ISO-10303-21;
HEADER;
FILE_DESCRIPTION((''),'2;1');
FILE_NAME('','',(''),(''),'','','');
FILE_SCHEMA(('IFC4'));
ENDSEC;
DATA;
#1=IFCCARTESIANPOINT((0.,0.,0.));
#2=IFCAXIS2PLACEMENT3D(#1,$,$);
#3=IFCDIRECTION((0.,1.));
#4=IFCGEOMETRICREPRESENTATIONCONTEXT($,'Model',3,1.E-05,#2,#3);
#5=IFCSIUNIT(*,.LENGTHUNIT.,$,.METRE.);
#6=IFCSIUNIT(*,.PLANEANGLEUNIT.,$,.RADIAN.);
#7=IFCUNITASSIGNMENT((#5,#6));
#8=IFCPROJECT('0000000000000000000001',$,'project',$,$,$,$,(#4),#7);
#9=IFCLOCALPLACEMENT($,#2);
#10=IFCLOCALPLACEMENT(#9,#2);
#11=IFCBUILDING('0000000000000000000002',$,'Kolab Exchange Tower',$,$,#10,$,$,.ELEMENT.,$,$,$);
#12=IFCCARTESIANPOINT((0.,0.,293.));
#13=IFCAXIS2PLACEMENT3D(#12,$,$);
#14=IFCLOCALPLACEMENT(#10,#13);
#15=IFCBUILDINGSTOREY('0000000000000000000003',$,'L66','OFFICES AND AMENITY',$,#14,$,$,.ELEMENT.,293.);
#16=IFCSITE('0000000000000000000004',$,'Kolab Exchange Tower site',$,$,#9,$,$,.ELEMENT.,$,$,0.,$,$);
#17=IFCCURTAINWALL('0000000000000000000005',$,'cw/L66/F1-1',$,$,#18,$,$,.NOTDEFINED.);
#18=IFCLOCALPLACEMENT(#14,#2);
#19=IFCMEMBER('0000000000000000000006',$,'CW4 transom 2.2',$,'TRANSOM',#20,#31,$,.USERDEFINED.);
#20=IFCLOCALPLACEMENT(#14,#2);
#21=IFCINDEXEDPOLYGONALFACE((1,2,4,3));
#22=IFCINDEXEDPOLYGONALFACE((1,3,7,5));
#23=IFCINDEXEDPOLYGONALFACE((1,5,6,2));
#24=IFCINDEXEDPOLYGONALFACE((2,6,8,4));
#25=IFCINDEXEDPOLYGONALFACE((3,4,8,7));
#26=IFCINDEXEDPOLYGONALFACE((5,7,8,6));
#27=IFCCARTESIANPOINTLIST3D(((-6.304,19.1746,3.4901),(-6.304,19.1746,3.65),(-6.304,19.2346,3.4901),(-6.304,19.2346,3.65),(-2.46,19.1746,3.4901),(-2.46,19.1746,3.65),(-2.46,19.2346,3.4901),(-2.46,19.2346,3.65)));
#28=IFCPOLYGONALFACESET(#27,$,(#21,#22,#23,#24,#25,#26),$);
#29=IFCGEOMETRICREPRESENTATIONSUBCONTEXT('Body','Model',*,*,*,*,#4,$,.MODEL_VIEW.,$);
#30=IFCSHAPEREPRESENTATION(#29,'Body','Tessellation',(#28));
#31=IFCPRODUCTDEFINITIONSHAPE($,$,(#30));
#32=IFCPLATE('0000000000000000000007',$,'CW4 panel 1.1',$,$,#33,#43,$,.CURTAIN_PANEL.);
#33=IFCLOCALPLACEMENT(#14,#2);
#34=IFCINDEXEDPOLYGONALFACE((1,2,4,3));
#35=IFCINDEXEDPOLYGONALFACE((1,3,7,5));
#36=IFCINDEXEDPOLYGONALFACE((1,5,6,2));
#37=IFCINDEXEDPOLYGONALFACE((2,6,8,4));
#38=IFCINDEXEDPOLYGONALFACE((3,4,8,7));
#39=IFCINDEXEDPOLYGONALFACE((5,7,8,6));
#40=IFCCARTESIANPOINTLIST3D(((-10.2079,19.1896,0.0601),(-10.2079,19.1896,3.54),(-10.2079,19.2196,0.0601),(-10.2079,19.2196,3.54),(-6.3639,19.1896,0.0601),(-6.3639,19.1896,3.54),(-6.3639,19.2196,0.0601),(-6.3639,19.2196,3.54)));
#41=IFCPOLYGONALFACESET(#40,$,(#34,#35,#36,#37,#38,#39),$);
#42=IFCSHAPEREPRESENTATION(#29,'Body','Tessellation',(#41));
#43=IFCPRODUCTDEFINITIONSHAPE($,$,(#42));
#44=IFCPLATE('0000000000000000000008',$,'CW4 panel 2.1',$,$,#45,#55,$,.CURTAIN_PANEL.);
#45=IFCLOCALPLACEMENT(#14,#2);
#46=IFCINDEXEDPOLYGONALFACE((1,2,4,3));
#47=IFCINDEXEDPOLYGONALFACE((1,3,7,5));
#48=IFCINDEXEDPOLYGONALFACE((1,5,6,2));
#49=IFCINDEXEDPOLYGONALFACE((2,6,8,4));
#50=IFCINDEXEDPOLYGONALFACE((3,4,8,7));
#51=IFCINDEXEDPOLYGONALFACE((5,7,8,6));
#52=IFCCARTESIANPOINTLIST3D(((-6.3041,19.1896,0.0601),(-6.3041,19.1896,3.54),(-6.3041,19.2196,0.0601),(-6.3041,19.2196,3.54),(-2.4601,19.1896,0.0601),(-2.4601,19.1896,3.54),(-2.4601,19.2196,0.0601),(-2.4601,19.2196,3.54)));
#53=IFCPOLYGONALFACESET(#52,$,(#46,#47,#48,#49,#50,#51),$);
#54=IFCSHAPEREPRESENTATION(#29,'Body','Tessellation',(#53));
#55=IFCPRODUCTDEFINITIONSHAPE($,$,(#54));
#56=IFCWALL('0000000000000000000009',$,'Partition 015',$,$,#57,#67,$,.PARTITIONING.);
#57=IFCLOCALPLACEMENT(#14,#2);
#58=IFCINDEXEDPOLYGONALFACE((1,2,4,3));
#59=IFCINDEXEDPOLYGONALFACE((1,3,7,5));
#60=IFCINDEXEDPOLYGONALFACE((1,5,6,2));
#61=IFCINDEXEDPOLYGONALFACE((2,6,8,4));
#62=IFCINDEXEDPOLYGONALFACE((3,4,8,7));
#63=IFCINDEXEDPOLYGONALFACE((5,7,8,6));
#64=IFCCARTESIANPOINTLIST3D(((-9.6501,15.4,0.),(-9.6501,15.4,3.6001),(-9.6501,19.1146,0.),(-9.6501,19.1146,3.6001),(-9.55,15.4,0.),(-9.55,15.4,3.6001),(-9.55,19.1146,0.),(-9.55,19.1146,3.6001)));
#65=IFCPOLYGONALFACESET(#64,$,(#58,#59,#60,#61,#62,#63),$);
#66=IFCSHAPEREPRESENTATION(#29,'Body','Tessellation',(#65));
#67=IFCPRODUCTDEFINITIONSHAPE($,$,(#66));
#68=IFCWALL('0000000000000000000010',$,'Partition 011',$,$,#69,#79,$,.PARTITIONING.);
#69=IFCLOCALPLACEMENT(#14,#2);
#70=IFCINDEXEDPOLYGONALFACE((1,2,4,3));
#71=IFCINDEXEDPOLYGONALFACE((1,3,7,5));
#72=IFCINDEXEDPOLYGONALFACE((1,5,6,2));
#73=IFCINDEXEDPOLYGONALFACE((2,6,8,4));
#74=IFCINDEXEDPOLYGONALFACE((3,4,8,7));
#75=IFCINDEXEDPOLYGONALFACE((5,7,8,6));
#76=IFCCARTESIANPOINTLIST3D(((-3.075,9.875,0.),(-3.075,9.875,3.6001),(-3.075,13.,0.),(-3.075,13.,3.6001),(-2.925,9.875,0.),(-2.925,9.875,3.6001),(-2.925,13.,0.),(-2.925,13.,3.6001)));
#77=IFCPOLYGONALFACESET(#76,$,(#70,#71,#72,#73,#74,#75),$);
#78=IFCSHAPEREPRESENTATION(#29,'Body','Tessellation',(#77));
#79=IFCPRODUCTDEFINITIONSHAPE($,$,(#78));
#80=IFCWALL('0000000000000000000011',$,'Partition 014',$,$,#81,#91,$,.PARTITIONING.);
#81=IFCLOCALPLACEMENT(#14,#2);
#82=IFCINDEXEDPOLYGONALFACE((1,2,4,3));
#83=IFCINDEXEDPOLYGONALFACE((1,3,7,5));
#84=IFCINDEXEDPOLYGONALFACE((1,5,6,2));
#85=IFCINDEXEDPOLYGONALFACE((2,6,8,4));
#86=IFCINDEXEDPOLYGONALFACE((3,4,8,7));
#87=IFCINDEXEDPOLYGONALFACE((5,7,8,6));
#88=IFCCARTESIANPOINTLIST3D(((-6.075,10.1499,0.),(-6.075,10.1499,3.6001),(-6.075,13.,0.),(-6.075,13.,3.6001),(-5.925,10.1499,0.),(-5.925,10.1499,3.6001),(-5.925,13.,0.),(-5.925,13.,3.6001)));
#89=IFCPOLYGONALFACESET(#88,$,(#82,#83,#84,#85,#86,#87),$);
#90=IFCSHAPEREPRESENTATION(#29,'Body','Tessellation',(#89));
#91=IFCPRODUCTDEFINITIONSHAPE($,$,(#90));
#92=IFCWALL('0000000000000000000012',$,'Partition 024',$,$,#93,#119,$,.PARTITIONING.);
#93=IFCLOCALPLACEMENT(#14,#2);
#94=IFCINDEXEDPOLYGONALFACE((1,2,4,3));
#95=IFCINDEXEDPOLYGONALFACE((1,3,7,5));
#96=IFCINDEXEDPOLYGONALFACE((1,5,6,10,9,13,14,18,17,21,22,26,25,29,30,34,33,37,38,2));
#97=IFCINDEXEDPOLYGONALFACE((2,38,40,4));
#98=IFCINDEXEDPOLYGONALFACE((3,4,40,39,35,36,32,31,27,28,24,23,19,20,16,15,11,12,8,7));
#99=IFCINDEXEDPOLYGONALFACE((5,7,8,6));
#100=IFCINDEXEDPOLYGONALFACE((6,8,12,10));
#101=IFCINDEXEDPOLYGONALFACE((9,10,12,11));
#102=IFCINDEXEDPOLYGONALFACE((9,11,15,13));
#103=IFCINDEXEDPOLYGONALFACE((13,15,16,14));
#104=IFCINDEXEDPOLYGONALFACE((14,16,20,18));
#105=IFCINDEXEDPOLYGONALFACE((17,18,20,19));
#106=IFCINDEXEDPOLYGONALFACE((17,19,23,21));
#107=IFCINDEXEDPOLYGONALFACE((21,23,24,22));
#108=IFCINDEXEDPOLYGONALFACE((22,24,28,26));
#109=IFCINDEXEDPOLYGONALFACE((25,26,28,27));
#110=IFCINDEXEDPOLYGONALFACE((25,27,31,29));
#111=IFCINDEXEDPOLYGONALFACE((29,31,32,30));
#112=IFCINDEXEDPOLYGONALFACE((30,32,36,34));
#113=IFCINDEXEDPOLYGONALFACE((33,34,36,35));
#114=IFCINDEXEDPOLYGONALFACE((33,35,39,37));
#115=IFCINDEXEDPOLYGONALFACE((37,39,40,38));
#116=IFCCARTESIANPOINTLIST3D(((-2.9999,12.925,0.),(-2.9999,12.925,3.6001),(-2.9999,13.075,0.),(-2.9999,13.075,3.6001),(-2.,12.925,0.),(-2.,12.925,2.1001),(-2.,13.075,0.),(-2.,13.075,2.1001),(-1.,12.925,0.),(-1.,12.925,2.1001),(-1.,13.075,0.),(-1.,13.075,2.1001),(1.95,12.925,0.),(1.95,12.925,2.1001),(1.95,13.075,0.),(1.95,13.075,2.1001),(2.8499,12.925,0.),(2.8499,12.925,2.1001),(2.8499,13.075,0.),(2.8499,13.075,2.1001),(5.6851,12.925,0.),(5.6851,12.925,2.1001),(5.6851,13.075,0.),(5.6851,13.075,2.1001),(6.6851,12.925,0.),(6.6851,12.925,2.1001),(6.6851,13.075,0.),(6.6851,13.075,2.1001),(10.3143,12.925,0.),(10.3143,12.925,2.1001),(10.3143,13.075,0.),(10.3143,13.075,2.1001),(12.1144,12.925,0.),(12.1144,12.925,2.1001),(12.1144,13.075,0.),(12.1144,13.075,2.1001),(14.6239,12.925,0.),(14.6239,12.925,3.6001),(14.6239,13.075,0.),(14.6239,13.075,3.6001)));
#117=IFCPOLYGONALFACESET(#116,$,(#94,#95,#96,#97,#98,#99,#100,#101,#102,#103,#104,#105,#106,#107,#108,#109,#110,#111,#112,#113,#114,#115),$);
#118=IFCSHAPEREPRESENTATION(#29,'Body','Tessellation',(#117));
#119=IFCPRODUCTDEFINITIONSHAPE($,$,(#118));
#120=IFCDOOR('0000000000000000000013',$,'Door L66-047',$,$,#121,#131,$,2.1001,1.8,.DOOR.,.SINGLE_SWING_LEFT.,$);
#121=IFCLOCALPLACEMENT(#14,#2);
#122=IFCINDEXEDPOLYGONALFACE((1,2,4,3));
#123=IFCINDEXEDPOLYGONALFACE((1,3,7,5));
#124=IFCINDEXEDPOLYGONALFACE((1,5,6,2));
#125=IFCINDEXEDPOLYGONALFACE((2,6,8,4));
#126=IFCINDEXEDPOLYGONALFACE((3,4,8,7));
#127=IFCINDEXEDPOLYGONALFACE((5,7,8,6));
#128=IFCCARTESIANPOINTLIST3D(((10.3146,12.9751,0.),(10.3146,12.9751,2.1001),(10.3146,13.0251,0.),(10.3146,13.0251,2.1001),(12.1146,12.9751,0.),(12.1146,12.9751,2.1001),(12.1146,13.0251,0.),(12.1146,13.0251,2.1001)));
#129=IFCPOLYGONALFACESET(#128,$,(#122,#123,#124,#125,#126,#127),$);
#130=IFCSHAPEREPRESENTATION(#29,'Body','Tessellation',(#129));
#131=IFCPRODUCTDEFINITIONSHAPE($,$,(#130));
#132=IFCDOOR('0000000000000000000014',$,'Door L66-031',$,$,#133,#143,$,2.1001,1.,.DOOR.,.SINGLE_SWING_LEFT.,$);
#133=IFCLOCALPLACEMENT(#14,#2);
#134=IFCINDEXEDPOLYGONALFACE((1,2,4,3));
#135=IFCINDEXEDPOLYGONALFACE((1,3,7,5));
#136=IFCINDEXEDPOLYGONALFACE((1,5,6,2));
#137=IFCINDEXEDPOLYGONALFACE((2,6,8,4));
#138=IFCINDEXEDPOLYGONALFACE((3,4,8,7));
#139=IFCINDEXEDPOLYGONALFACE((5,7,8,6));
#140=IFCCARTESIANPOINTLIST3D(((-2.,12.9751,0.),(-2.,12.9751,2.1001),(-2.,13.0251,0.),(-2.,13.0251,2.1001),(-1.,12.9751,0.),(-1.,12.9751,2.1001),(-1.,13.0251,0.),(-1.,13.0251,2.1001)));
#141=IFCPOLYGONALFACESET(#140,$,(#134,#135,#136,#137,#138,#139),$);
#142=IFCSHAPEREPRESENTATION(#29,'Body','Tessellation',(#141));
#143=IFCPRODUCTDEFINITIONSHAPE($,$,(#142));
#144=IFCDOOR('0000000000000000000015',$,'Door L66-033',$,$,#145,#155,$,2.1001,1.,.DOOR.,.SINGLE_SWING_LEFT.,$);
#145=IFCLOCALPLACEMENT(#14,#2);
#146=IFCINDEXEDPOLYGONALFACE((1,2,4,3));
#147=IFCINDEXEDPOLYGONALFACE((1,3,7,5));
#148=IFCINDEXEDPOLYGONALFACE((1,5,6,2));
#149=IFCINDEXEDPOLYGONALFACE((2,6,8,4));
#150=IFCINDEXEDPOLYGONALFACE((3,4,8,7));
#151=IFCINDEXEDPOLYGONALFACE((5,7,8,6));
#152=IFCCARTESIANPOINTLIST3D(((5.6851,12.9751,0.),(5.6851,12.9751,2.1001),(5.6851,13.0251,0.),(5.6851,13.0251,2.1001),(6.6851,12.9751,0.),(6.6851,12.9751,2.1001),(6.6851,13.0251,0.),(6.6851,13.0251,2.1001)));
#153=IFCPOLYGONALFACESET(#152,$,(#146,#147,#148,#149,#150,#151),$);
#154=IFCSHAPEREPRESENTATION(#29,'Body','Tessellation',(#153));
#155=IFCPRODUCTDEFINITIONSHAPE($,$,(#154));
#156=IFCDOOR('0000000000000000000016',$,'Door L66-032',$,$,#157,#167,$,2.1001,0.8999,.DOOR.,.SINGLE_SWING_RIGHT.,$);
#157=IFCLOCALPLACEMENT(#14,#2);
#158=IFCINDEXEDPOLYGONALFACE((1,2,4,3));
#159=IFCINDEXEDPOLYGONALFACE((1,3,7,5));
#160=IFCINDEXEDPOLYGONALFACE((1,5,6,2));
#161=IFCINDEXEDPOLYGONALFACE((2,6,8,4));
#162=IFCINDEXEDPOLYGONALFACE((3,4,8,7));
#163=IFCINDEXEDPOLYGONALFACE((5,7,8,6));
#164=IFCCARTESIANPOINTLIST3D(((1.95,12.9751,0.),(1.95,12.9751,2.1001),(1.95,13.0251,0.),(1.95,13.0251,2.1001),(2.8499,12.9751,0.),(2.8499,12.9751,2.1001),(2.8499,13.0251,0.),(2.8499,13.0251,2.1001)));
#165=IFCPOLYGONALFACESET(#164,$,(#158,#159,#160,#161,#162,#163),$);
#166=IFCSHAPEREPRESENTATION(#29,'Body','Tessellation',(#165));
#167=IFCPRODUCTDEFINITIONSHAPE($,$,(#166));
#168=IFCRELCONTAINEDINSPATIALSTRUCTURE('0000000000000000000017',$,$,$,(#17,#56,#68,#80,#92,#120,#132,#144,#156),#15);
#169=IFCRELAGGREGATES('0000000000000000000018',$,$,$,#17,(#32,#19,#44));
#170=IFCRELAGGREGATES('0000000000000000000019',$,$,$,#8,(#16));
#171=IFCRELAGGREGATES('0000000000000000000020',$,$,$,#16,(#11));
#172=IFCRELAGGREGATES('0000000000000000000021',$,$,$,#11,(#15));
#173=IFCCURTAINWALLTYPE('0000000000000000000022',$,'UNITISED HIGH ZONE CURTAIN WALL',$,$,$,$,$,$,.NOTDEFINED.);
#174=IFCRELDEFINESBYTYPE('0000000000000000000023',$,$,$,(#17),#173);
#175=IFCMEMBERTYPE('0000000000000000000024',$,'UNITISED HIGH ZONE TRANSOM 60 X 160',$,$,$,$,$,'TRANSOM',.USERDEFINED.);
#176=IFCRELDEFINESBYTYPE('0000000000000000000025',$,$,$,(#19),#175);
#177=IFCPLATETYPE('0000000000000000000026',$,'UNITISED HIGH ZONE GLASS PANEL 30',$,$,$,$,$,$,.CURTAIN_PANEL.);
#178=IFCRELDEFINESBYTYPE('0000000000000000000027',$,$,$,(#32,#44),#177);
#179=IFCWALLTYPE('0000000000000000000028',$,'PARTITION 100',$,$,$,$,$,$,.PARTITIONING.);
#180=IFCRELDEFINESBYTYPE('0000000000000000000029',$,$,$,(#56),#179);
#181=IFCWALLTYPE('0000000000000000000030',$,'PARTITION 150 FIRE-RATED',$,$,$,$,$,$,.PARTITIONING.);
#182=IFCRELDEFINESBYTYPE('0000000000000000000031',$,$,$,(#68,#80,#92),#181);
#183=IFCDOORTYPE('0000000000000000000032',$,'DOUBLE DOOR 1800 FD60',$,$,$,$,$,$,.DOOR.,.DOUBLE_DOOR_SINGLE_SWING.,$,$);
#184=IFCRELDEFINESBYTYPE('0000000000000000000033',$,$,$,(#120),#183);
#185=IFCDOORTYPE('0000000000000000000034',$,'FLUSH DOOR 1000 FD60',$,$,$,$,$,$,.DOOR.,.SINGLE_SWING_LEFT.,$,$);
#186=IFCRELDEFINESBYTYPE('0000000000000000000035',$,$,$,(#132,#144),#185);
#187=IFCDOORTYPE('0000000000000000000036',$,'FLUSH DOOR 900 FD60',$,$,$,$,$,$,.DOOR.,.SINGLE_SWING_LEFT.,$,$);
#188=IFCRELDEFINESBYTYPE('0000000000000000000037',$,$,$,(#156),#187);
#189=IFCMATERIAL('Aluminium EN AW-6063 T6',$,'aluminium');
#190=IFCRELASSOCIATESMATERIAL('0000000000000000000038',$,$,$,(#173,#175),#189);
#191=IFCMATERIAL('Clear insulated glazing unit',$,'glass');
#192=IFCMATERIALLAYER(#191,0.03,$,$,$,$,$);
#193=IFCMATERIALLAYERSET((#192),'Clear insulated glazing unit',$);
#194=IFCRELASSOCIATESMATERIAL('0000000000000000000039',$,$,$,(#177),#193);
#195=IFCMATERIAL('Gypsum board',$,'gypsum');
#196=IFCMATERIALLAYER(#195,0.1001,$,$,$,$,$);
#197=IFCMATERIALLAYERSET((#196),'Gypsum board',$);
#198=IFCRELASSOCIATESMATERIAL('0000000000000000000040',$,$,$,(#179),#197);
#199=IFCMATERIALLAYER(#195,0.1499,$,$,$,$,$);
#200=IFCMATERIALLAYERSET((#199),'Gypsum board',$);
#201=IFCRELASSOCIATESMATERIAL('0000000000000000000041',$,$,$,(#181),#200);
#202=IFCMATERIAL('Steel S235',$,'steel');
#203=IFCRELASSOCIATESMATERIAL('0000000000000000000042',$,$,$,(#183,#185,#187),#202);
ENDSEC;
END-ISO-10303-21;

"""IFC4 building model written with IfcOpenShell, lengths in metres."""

from ifc_helpers import new_model, si_unit, direction, frame, frame_2d, origin, origin_2d, place, context, subcontext, project, spatial, rectangle, extrude, material, layer, layer_set, material_profile, profile_set, type_object, element, fill, aggregate, save


model = new_model("IFC4")

# Units and contexts
model_context = context("Model", 3, precision=1e-05, world=origin(), true_north=direction((0.0, 1.0)))
body_context = subcontext(model_context, "Body", "Model", "MODEL_VIEW")
ifc_project = project(units=[si_unit("LENGTHUNIT", "METRE"), si_unit("PLANEANGLEUNIT", "RADIAN")], contexts=[model_context])

# Site, building, storey
site_placement = place(None, origin())
site = spatial("IfcSite", under=ifc_project, at=site_placement, Name="Kolab Exchange Tower site", CompositionType="ELEMENT", RefElevation=0.0)
building_placement = place(site_placement, origin())
building = spatial("IfcBuilding", under=site, at=building_placement, Name="Kolab Exchange Tower", CompositionType="ELEMENT")
storey_placement = place(building_placement, frame((0.0, 0.0, 293.0)))
storey = spatial("IfcBuildingStorey", under=building, at=storey_placement, Name="L66", Description="OFFICES AND AMENITY", CompositionType="ELEMENT", Elevation=293.0)

# Curtain wall
ifc_material_1 = material(Name="Aluminium EN AW-6063 T6", Category="aluminium")
curtain_wall_type = type_object("IfcCurtainWallType", Name="UNITISED HIGH ZONE CURTAIN WALL", PredefinedType="NOTDEFINED", material=ifc_material_1)
curtain_wall_1_placement = place(storey_placement, origin())
curtain_wall_1 = element("IfcCurtainWall", 1, at=curtain_wall_1_placement, inside=storey, type_object=curtain_wall_type, Name="cw/L66/F1-1", PredefinedType="NOTDEFINED")

# Member
ifc_material_profile_1 = material_profile(ifc_material_1, rectangle(XDim=0.0601, YDim=0.1599, at=origin_2d()), Name="RECT 60X160")
ifc_profile_set_1 = profile_set([ifc_material_profile_1], Name="Aluminium EN AW-6063 T6")
member_type_1 = type_object("IfcMemberType", Name="UNITISED HIGH ZONE TRANSOM 60 X 160", ElementType="TRANSOM", PredefinedType="USERDEFINED", material=ifc_profile_set_1)
member_1_placement = place(storey_placement, frame((-6.304, 19.2046, 3.5701), z_axis=(1.0, 0.0, 0.0), x_axis=(0.0, 1.0, 0.0)))
member_1 = element("IfcMember", 2, at=member_1_placement, type_object=member_type_1, Name="CW4 transom 2.2", ObjectType="TRANSOM", PredefinedType="USERDEFINED", context=body_context, shape_type="SweptSolid", body=[
    extrude(rectangle(XDim=0.0601, YDim=0.1599, at=origin_2d()), origin(), (0.0, 0.0, 1.0), 3.844),
])

# Plates
ifc_material_2 = material(Name="Clear insulated glazing unit", Category="glass")
ifc_layer_1 = layer(ifc_material_2, 0.03)
ifc_layer_set_1 = layer_set([ifc_layer_1], Name="Clear insulated glazing unit")
plate_type = type_object("IfcPlateType", Name="UNITISED HIGH ZONE GLASS PANEL 30", PredefinedType="CURTAIN_PANEL", material=ifc_layer_set_1)
plate_1_placement = place(storey_placement, frame((-8.2859, 19.2046, 0.0601), z_axis=(0.0, 0.0, 1.0), x_axis=(1.0, 0.0, 0.0)))
plate_1 = element("IfcPlate", 3, at=plate_1_placement, type_object=plate_type, Name="CW4 panel 1.1", PredefinedType="CURTAIN_PANEL", context=body_context, shape_type="SweptSolid", body=[
    extrude(rectangle(XDim=3.844, YDim=0.03, at=origin_2d()), origin(), (0.0, 0.0, 1.0), 3.48),
])
plate_2_placement = place(storey_placement, frame((-4.3821, 19.2046, 0.0601), z_axis=(0.0, 0.0, 1.0), x_axis=(1.0, 0.0, 0.0)))
plate_2 = element("IfcPlate", 4, at=plate_2_placement, type_object=plate_type, Name="CW4 panel 2.1", PredefinedType="CURTAIN_PANEL", context=body_context, shape_type="SweptSolid", body=[
    extrude(rectangle(XDim=3.844, YDim=0.03, at=origin_2d()), origin(), (0.0, 0.0, 1.0), 3.48),
])
aggregate(curtain_wall_1, [plate_1, member_1, plate_2])

# Walls
ifc_material_3 = material(Name="Gypsum board", Category="gypsum")
ifc_layer_2 = layer(ifc_material_3, 0.1001)
ifc_layer_set_2 = layer_set([ifc_layer_2], Name="Gypsum board")
wall_type_1 = type_object("IfcWallType", Name="PARTITION 100", PredefinedType="PARTITIONING", material=ifc_layer_set_2)
wall_1_placement = place(storey_placement, frame((-9.6001, 15.3999, 0.0), z_axis=(0.0, 0.0, 1.0), x_axis=(0.0, 1.0, 0.0)))
element("IfcWall", 5, at=wall_1_placement, inside=storey, type_object=wall_type_1, Name="Partition 015", PredefinedType="PARTITIONING", context=body_context, shape_type="SweptSolid", body=[
    extrude(rectangle(XDim=3.7146, YDim=0.1001, at=frame_2d((1.8574, 0.0))), origin(), (0.0, 0.0, 1.0), 3.6001),
])
ifc_layer_3 = layer(ifc_material_3, 0.1499)
ifc_layer_set_3 = layer_set([ifc_layer_3], Name="Gypsum board")
wall_type_2 = type_object("IfcWallType", Name="PARTITION 150 FIRE-RATED", PredefinedType="PARTITIONING", material=ifc_layer_set_3)
wall_2_placement = place(storey_placement, frame((-3.0, 9.875, 0.0), z_axis=(0.0, 0.0, 1.0), x_axis=(0.0, 1.0, 0.0)))
element("IfcWall", 6, at=wall_2_placement, inside=storey, type_object=wall_type_2, Name="Partition 011", PredefinedType="PARTITIONING", context=body_context, shape_type="SweptSolid", body=[
    extrude(rectangle(XDim=3.125, YDim=0.1499, at=frame_2d((1.5625, 0.0))), origin(), (0.0, 0.0, 1.0), 3.6001),
])
wall_3_placement = place(storey_placement, frame((-6.0, 10.1499, 0.0), z_axis=(0.0, 0.0, 1.0), x_axis=(0.0, 1.0, 0.0)))
element("IfcWall", 7, at=wall_3_placement, inside=storey, type_object=wall_type_2, Name="Partition 014", PredefinedType="PARTITIONING", context=body_context, shape_type="SweptSolid", body=[
    extrude(rectangle(XDim=2.8501, YDim=0.1499, at=frame_2d((1.425, 0.0))), origin(), (0.0, 0.0, 1.0), 3.6001),
])

# Wall, openings, doors
wall_4_placement = place(storey_placement, frame((-3.0, 13.0, 0.0), z_axis=(0.0, 0.0, 1.0), x_axis=(1.0, 0.0, 0.0)))
wall_4 = element("IfcWall", 8, at=wall_4_placement, inside=storey, type_object=wall_type_2, Name="Partition 024", PredefinedType="PARTITIONING", context=body_context, shape_type="SweptSolid", body=[
    extrude(rectangle(XDim=17.6238, YDim=0.1499, at=frame_2d((8.812, 0.0))), origin(), (0.0, 0.0, 1.0), 3.6001),
])
opening_1_placement = place(wall_4_placement, frame((1.0, 0.0, 0.0)))
opening_1 = element("IfcOpeningElement", 9, at=opening_1_placement, cuts=wall_4, PredefinedType="OPENING", context=body_context, shape_type="SweptSolid", body=[
    extrude(rectangle(XDim=1.0, YDim=2.1001, at=frame_2d((0.5, 1.05))), frame((0.0, 0.085, 0.0), z_axis=(0.0, -1.0, 0.0), x_axis=(1.0, 0.0, 0.0)), (0.0, 0.0, 1.0), 0.1699),
])
opening_2_placement = place(wall_4_placement, frame((4.95, 0.0, 0.0)))
opening_2 = element("IfcOpeningElement", 10, at=opening_2_placement, cuts=wall_4, PredefinedType="OPENING", context=body_context, shape_type="SweptSolid", body=[
    extrude(rectangle(XDim=0.8999, YDim=2.1001, at=frame_2d((0.45, 1.05))), frame((0.0, 0.085, 0.0), z_axis=(0.0, -1.0, 0.0), x_axis=(1.0, 0.0, 0.0)), (0.0, 0.0, 1.0), 0.1699),
])
opening_3_placement = place(wall_4_placement, frame((8.6851, 0.0, 0.0)))
opening_3 = element("IfcOpeningElement", 11, at=opening_3_placement, cuts=wall_4, PredefinedType="OPENING", context=body_context, shape_type="SweptSolid", body=[
    extrude(rectangle(XDim=1.0, YDim=2.1001, at=frame_2d((0.5, 1.05))), frame((0.0, 0.085, 0.0), z_axis=(0.0, -1.0, 0.0), x_axis=(1.0, 0.0, 0.0)), (0.0, 0.0, 1.0), 0.1699),
])
opening_4_placement = place(wall_4_placement, frame((13.3145, 0.0, 0.0)))
opening_4 = element("IfcOpeningElement", 12, at=opening_4_placement, cuts=wall_4, PredefinedType="OPENING", context=body_context, shape_type="SweptSolid", body=[
    extrude(rectangle(XDim=1.8, YDim=2.1001, at=frame_2d((0.8999, 1.05))), frame((0.0, 0.085, 0.0), z_axis=(0.0, -1.0, 0.0), x_axis=(1.0, 0.0, 0.0)), (0.0, 0.0, 1.0), 0.1699),
])
ifc_material_4 = material(Name="Steel S235", Category="steel")
door_type_1 = type_object("IfcDoorType", Name="DOUBLE DOOR 1800 FD60", OperationType="DOUBLE_DOOR_SINGLE_SWING", PredefinedType="DOOR", material=ifc_material_4)
door_1_placement = place(opening_4_placement, frame((1.8, 0.0, 0.0), z_axis=(0.0, 0.0, 1.0), x_axis=(-1.0, 0.0, 0.0)))
door_1 = element("IfcDoor", 13, at=door_1_placement, inside=storey, type_object=door_type_1, Name="Door L66-047", OperationType="SINGLE_SWING_LEFT", OverallHeight=2.1001, OverallWidth=1.8, PredefinedType="DOOR", context=body_context, shape_type="SweptSolid", body=[
    extrude(rectangle(XDim=1.8, YDim=2.1001, at=frame_2d((0.8999, 1.05))), frame((0.0, 0.0249, 0.0), z_axis=(0.0, -1.0, 0.0), x_axis=(1.0, 0.0, 0.0)), (0.0, 0.0, 1.0), 0.05),
])
fill(opening_4, door_1)
door_type_2 = type_object("IfcDoorType", Name="FLUSH DOOR 1000 FD60", OperationType="SINGLE_SWING_LEFT", PredefinedType="DOOR", material=ifc_material_4)
door_2_placement = place(opening_1_placement, frame((1.0, 0.0, 0.0), z_axis=(0.0, 0.0, 1.0), x_axis=(-1.0, 0.0, 0.0)))
door_2 = element("IfcDoor", 14, at=door_2_placement, inside=storey, type_object=door_type_2, Name="Door L66-031", OperationType="SINGLE_SWING_LEFT", OverallHeight=2.1001, OverallWidth=1.0, PredefinedType="DOOR", context=body_context, shape_type="SweptSolid", body=[
    extrude(rectangle(XDim=1.0, YDim=2.1001, at=frame_2d((0.5, 1.05))), frame((0.0, 0.0249, 0.0), z_axis=(0.0, -1.0, 0.0), x_axis=(1.0, 0.0, 0.0)), (0.0, 0.0, 1.0), 0.05),
])
fill(opening_1, door_2)
door_3_placement = place(opening_3_placement, frame((1.0, 0.0, 0.0), z_axis=(0.0, 0.0, 1.0), x_axis=(-1.0, 0.0, 0.0)))
door_3 = element("IfcDoor", 15, at=door_3_placement, inside=storey, type_object=door_type_2, Name="Door L66-033", OperationType="SINGLE_SWING_LEFT", OverallHeight=2.1001, OverallWidth=1.0, PredefinedType="DOOR", context=body_context, shape_type="SweptSolid", body=[
    extrude(rectangle(XDim=1.0, YDim=2.1001, at=frame_2d((0.5, 1.05))), frame((0.0, 0.0249, 0.0), z_axis=(0.0, -1.0, 0.0), x_axis=(1.0, 0.0, 0.0)), (0.0, 0.0, 1.0), 0.05),
])
fill(opening_3, door_3)
door_type_3 = type_object("IfcDoorType", Name="FLUSH DOOR 900 FD60", OperationType="SINGLE_SWING_LEFT", PredefinedType="DOOR", material=ifc_material_4)
door_4_placement = place(opening_2_placement, frame((0.8999, 0.0, 0.0), z_axis=(0.0, 0.0, 1.0), x_axis=(-1.0, 0.0, 0.0)))
door_4 = element("IfcDoor", 16, at=door_4_placement, inside=storey, type_object=door_type_3, Name="Door L66-032", OperationType="SINGLE_SWING_RIGHT", OverallHeight=2.1001, OverallWidth=0.8999, PredefinedType="DOOR", context=body_context, shape_type="SweptSolid", body=[
    extrude(rectangle(XDim=0.8999, YDim=2.1001, at=frame_2d((0.45, 1.05))), frame((0.0, 0.0249, 0.0), z_axis=(0.0, -1.0, 0.0), x_axis=(1.0, 0.0, 0.0)), (0.0, 0.0, 1.0), 0.05),
])
fill(opening_2, door_4)

save(model, "model.ifc")
